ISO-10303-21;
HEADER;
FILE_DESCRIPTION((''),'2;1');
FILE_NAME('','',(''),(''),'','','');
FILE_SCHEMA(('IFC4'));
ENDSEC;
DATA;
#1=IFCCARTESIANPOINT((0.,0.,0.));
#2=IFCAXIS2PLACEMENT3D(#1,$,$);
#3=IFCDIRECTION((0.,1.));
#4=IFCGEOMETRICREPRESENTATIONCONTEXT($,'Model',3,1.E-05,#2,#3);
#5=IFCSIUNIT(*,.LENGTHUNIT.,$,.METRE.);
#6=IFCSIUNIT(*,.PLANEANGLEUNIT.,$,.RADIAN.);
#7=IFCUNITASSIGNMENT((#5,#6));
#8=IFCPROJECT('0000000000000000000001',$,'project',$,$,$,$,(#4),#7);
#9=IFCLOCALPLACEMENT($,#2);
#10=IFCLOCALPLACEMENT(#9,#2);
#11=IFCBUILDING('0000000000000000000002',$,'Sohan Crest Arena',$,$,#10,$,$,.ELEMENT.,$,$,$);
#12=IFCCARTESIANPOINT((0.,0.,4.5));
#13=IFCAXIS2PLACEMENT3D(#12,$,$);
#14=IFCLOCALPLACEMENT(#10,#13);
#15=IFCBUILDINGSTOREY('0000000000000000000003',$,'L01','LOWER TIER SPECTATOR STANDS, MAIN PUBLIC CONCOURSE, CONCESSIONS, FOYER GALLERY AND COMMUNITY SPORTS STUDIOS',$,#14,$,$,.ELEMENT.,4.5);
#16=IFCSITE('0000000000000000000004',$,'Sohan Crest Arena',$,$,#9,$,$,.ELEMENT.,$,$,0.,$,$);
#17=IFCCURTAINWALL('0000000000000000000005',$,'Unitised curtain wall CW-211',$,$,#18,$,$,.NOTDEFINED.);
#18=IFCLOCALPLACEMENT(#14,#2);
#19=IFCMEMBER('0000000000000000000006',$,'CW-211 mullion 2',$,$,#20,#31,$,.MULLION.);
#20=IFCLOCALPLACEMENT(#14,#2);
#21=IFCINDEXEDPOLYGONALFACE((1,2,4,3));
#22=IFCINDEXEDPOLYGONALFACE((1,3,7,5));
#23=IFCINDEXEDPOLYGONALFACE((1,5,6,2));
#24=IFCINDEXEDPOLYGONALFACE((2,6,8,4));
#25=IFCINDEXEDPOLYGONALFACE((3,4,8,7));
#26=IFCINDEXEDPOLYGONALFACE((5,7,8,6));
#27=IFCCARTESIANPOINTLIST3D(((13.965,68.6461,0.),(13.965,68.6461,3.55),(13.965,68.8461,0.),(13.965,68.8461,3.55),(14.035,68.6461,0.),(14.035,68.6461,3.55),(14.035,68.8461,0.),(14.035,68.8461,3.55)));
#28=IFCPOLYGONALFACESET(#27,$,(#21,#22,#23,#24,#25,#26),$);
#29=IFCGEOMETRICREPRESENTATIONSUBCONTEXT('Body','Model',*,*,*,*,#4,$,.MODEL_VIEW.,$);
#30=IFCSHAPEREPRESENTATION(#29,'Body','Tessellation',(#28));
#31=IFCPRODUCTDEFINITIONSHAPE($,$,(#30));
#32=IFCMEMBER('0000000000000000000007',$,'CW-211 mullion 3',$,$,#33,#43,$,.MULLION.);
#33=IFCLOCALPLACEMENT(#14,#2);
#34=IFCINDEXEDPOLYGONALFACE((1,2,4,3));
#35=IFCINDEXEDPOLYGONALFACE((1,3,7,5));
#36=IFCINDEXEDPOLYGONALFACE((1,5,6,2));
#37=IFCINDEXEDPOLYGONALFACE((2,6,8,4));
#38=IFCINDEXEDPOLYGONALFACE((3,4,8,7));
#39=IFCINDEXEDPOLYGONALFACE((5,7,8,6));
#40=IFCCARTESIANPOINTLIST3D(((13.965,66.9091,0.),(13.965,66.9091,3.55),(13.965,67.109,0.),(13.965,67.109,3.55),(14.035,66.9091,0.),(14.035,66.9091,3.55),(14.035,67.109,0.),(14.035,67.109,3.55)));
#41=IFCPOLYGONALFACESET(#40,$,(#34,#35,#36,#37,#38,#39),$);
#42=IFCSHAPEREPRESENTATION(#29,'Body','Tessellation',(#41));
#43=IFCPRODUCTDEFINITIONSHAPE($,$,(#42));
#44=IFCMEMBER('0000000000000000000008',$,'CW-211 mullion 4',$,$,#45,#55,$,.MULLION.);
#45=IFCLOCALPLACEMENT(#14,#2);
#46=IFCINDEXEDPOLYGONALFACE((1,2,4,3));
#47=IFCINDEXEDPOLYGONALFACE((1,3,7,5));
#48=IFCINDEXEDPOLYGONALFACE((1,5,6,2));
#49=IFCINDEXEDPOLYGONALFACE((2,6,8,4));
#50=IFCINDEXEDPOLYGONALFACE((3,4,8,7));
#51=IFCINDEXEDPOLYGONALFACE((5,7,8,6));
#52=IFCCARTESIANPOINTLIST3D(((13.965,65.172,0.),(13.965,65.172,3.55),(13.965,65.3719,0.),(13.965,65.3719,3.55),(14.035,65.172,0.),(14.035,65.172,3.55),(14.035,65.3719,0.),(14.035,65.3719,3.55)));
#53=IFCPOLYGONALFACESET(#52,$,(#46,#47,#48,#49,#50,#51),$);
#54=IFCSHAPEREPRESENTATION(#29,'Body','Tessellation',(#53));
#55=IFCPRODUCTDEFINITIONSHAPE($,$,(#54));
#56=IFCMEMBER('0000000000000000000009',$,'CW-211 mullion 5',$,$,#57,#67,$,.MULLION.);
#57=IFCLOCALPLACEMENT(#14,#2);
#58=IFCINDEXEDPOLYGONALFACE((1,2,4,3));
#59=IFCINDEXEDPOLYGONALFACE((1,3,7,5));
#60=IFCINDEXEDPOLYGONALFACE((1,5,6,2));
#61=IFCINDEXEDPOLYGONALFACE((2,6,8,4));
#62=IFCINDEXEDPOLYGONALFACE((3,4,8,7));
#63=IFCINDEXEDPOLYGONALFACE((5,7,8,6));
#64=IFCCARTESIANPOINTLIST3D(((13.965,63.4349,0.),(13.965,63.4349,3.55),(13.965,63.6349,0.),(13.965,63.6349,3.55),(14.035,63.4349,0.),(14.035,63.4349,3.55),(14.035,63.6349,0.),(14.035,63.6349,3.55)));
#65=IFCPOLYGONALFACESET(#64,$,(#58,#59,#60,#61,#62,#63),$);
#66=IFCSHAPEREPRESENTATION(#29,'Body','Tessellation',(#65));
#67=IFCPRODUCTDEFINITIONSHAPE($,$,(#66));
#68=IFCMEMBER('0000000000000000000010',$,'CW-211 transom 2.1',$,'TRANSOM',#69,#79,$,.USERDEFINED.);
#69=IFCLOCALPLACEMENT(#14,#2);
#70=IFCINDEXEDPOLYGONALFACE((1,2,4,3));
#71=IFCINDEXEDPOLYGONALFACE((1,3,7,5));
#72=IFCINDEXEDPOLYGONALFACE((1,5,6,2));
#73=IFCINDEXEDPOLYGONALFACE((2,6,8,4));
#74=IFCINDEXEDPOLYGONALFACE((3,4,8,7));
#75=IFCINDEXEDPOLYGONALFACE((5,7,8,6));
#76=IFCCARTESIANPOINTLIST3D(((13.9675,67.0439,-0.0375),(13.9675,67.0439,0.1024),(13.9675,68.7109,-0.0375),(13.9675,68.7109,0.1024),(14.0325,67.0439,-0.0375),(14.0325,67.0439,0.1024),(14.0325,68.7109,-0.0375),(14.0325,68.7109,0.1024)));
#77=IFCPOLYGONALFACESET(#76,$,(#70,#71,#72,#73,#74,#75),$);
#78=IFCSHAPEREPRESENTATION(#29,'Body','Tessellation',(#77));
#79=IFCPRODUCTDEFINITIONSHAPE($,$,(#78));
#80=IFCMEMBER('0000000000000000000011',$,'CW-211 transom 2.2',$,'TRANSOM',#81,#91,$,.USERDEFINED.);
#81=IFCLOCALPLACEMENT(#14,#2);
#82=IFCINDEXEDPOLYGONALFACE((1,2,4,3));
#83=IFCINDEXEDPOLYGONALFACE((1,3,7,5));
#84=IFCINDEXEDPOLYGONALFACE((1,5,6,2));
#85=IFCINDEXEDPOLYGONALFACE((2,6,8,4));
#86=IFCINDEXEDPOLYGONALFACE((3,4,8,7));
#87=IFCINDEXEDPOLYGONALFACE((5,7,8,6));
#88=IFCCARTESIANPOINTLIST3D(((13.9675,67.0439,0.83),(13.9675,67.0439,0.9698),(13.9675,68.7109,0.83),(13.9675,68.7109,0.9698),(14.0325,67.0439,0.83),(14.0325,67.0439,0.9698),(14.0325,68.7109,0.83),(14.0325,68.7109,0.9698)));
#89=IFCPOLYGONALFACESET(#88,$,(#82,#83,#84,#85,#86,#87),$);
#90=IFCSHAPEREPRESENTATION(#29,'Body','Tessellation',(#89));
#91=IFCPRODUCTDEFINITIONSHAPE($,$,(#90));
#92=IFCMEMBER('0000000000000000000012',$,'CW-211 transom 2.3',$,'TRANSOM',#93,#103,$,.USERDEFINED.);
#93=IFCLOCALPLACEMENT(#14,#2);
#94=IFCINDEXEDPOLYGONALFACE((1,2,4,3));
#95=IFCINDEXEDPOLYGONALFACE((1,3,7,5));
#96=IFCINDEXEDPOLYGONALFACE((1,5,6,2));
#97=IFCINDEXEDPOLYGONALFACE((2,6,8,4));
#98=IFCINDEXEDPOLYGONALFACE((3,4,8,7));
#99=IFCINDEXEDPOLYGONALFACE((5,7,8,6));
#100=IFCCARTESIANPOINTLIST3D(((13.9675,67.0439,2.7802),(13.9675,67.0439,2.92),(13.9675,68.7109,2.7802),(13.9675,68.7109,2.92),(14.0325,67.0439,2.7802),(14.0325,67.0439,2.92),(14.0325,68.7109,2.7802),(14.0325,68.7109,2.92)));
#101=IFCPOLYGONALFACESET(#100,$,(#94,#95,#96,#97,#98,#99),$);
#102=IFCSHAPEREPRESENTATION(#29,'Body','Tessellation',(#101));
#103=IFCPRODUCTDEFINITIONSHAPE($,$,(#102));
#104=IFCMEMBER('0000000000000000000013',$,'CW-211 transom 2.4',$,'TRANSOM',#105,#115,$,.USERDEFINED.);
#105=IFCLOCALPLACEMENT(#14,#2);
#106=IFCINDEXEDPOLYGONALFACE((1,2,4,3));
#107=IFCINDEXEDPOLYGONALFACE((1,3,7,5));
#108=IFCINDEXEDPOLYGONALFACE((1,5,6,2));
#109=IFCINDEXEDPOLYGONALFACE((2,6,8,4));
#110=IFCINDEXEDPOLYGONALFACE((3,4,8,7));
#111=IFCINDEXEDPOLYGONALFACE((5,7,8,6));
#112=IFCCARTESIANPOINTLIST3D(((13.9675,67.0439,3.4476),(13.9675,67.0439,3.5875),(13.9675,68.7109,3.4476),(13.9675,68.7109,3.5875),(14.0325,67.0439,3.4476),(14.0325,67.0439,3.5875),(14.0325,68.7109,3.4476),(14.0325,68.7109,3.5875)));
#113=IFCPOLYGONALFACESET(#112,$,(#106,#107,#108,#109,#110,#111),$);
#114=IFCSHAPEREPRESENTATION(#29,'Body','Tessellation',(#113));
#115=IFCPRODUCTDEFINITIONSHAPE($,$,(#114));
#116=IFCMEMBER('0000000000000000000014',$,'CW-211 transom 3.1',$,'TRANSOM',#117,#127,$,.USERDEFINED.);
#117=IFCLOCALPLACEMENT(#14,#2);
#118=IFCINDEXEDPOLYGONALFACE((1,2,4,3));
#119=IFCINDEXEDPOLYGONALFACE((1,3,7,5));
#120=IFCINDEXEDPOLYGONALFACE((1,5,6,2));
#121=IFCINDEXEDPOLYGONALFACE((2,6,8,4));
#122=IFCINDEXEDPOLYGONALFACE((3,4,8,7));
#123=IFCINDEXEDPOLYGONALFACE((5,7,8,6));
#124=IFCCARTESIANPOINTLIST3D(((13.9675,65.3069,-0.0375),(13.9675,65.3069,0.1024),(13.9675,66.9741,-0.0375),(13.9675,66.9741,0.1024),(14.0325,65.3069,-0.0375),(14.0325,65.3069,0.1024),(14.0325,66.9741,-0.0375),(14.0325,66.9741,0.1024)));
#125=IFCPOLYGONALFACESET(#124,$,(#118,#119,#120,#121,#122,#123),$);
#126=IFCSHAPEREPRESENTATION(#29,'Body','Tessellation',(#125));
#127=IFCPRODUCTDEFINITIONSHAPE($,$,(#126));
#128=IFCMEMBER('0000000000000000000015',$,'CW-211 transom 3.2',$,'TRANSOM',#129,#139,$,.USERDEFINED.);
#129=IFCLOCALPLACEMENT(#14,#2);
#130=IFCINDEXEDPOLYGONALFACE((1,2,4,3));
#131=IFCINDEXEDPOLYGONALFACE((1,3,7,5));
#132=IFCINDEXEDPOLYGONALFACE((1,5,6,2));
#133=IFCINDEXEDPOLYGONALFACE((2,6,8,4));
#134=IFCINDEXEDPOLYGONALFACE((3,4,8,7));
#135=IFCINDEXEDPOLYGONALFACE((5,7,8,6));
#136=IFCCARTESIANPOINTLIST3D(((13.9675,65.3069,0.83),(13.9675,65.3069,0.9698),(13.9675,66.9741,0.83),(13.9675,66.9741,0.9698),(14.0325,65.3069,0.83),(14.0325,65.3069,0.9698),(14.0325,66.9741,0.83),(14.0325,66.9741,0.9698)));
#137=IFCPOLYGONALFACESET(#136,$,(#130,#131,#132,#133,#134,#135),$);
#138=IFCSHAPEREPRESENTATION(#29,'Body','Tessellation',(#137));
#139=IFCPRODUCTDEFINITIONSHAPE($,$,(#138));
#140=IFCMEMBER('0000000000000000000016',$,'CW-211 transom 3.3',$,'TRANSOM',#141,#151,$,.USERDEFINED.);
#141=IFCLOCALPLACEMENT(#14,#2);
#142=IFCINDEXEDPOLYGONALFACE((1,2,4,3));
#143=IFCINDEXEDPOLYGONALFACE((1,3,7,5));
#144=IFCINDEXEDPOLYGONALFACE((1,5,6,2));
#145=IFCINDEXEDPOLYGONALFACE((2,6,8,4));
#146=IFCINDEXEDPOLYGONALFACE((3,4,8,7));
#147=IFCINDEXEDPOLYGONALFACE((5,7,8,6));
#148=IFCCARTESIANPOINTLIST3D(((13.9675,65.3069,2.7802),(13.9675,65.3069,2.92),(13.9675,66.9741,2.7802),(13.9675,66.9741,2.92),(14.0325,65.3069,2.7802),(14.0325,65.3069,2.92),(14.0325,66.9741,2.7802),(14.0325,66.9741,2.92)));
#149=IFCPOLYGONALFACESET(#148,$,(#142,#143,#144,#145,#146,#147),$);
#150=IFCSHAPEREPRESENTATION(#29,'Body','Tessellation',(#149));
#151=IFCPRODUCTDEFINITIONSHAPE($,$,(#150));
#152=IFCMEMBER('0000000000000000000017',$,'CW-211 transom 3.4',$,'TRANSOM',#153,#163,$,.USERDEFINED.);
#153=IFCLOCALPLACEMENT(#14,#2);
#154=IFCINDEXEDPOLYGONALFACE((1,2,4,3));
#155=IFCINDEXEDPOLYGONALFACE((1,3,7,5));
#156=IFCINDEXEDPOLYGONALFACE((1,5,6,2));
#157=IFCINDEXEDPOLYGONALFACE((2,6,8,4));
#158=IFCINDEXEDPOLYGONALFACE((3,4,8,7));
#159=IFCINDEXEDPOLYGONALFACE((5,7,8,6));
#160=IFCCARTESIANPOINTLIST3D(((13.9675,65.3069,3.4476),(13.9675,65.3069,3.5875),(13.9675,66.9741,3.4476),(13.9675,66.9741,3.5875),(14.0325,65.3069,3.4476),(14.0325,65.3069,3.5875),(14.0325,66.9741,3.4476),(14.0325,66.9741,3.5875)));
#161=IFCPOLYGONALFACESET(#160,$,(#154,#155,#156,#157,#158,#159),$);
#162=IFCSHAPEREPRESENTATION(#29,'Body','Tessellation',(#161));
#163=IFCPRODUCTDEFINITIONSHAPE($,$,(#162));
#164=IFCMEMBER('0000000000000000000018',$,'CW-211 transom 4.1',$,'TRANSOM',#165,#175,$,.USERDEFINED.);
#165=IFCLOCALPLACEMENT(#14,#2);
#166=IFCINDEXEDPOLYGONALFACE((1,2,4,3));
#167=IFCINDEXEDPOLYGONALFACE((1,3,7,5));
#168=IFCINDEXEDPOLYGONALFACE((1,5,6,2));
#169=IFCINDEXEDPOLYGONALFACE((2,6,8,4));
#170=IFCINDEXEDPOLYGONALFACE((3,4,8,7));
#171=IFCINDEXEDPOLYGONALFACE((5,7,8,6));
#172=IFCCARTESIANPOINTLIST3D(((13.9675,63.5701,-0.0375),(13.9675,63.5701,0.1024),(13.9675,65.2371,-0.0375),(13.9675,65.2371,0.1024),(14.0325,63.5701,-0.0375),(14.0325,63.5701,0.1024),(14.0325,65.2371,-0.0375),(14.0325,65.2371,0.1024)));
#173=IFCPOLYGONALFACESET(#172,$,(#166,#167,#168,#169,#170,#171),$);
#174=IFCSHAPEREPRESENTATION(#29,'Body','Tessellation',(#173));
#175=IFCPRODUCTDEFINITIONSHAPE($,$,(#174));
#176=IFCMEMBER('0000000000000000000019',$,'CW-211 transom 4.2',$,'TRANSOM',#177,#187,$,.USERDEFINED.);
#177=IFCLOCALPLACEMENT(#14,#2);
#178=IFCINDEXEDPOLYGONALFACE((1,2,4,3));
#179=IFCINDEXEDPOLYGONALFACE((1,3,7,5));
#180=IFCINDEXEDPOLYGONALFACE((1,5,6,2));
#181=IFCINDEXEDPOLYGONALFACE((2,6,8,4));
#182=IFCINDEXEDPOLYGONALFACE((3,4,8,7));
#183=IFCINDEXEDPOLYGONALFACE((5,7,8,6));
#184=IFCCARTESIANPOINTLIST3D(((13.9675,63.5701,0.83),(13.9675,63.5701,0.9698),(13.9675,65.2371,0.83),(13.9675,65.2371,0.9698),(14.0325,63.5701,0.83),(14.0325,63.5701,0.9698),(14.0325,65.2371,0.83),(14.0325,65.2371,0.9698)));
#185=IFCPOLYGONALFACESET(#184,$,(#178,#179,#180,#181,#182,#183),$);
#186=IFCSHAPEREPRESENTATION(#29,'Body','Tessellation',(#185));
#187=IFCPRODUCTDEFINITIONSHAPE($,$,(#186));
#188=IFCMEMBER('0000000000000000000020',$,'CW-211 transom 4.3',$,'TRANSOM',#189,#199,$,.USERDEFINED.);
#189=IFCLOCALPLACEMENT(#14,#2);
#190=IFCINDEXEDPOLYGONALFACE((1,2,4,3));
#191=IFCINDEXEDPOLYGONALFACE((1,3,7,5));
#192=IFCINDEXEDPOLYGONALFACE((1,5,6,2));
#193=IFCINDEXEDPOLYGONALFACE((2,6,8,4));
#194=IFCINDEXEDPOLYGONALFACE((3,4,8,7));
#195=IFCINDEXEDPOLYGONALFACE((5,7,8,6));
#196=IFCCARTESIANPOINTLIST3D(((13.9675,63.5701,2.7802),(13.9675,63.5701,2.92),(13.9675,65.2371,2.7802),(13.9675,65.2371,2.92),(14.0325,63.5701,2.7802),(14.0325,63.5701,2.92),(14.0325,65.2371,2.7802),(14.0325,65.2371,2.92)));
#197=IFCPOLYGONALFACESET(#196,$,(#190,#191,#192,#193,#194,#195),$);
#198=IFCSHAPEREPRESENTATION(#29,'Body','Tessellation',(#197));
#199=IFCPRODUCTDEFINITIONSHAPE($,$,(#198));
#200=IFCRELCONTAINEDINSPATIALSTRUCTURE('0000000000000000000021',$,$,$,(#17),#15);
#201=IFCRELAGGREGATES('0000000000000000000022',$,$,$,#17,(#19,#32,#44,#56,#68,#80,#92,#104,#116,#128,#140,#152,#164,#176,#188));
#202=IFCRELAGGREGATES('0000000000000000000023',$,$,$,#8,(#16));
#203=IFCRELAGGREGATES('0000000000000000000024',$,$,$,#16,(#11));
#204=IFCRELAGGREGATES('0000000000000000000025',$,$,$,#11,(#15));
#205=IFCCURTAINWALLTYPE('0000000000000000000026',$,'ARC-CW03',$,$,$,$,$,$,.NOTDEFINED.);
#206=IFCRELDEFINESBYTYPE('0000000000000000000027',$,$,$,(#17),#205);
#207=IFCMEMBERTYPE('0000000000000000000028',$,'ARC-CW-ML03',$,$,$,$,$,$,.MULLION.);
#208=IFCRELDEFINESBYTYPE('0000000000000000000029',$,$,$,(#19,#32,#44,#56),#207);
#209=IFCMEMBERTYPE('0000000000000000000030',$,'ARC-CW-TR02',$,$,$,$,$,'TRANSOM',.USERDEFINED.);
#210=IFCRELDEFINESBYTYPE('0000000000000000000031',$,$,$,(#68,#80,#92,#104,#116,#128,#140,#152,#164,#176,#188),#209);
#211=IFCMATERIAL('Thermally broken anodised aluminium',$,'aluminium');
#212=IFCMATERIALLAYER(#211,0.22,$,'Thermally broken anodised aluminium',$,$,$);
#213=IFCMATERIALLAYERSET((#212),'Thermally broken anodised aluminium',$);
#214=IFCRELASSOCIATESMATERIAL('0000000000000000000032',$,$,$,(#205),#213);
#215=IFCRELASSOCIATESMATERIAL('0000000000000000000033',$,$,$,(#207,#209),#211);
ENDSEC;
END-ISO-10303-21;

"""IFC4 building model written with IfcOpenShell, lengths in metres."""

from ifc_helpers import new_model, si_unit, direction, frame, origin, origin_2d, place, context, subcontext, project, spatial, rectangle, extrude, material, layer, layer_set, material_profile, profile_set, type_object, element, aggregate, save


model = new_model("IFC4")

# Units and contexts
model_context = context("Model", 3, precision=1e-05, world=origin(), true_north=direction((0.0, 1.0)))
body_context = subcontext(model_context, "Body", "Model", "MODEL_VIEW")
ifc_project = project(units=[si_unit("LENGTHUNIT", "METRE"), si_unit("PLANEANGLEUNIT", "RADIAN")], contexts=[model_context])

# Site, building, storey
site_placement = place(None, origin())
site = spatial("IfcSite", under=ifc_project, at=site_placement, Name="Sohan Crest Arena", CompositionType="ELEMENT", RefElevation=0.0)
building_placement = place(site_placement, origin())
building = spatial("IfcBuilding", under=site, at=building_placement, Name="Sohan Crest Arena", CompositionType="ELEMENT")
storey_placement = place(building_placement, frame((0.0, 0.0, 4.5)))
storey = spatial("IfcBuildingStorey", under=building, at=storey_placement, Name="L01", Description="LOWER TIER SPECTATOR STANDS, MAIN PUBLIC CONCOURSE, CONCESSIONS, FOYER GALLERY AND COMMUNITY SPORTS STUDIOS", CompositionType="ELEMENT", Elevation=4.5)

# Curtain wall, members
ifc_material_1 = material(Name="Thermally broken anodised aluminium", Category="aluminium")
ifc_layer_1 = layer(ifc_material_1, 0.22, Name="Thermally broken anodised aluminium")
ifc_layer_set_1 = layer_set([ifc_layer_1], Name="Thermally broken anodised aluminium")
curtain_wall_type = type_object("IfcCurtainWallType", Name="ARC-CW03", PredefinedType="NOTDEFINED", material=ifc_layer_set_1)
curtain_wall_placement = place(storey_placement, origin())
curtain_wall = element("IfcCurtainWall", 1, at=curtain_wall_placement, inside=storey, type_object=curtain_wall_type, Name="Unitised curtain wall CW-211", PredefinedType="NOTDEFINED")
ifc_material_profile_1 = material_profile(ifc_material_1, rectangle(XDim=0.0701, YDim=0.2, at=origin_2d()), Name="ALU-MULL 70x200")
ifc_profile_set_1 = profile_set([ifc_material_profile_1], Name="Thermally broken anodised aluminium")
member_type_1 = type_object("IfcMemberType", Name="ARC-CW-ML03", PredefinedType="MULLION", material=ifc_profile_set_1)
member_1_placement = place(storey_placement, frame((14.0, 68.7461, 0.0), z_axis=(0.0, 0.0, 1.0), x_axis=(1.0, 0.0, 0.0)))
member_1 = element("IfcMember", 2, at=member_1_placement, type_object=member_type_1, Name="CW-211 mullion 2", PredefinedType="MULLION", context=body_context, shape_type="SweptSolid", body=[
    extrude(rectangle(XDim=0.0701, YDim=0.2, at=origin_2d()), origin(), (0.0, 0.0, 1.0), 3.55),
])
member_2_placement = place(storey_placement, frame((14.0, 67.009, 0.0), z_axis=(0.0, 0.0, 1.0), x_axis=(1.0, 0.0, 0.0)))
member_2 = element("IfcMember", 3, at=member_2_placement, type_object=member_type_1, Name="CW-211 mullion 3", PredefinedType="MULLION", context=body_context, shape_type="SweptSolid", body=[
    extrude(rectangle(XDim=0.0701, YDim=0.2, at=origin_2d()), origin(), (0.0, 0.0, 1.0), 3.55),
])
member_3_placement = place(storey_placement, frame((14.0, 65.272, 0.0), z_axis=(0.0, 0.0, 1.0), x_axis=(1.0, 0.0, 0.0)))
member_3 = element("IfcMember", 4, at=member_3_placement, type_object=member_type_1, Name="CW-211 mullion 4", PredefinedType="MULLION", context=body_context, shape_type="SweptSolid", body=[
    extrude(rectangle(XDim=0.0701, YDim=0.2, at=origin_2d()), origin(), (0.0, 0.0, 1.0), 3.55),
])
member_4_placement = place(storey_placement, frame((14.0, 63.5349, 0.0), z_axis=(0.0, 0.0, 1.0), x_axis=(1.0, 0.0, 0.0)))
member_4 = element("IfcMember", 5, at=member_4_placement, type_object=member_type_1, Name="CW-211 mullion 5", PredefinedType="MULLION", context=body_context, shape_type="SweptSolid", body=[
    extrude(rectangle(XDim=0.0701, YDim=0.2, at=origin_2d()), origin(), (0.0, 0.0, 1.0), 3.55),
])
ifc_material_profile_2 = material_profile(ifc_material_1, rectangle(XDim=0.0649, YDim=0.1399, at=origin_2d()), Name="ALU-TRAN 65x140")
ifc_profile_set_2 = profile_set([ifc_material_profile_2], Name="Thermally broken anodised aluminium")
member_type_2 = type_object("IfcMemberType", Name="ARC-CW-TR02", ElementType="TRANSOM", PredefinedType="USERDEFINED", material=ifc_profile_set_2)
member_5_placement = place(storey_placement, frame((14.0, 68.7109, 0.0325), z_axis=(0.0, -1.0, 0.0), x_axis=(1.0, 0.0, 0.0)))
member_5 = element("IfcMember", 6, at=member_5_placement, type_object=member_type_2, Name="CW-211 transom 2.1", ObjectType="TRANSOM", PredefinedType="USERDEFINED", context=body_context, shape_type="SweptSolid", body=[
    extrude(rectangle(XDim=0.0649, YDim=0.1399, at=origin_2d()), origin(), (0.0, 0.0, 1.0), 1.667),
])
member_6_placement = place(storey_placement, frame((14.0, 68.7109, 0.8999), z_axis=(0.0, -1.0, 0.0), x_axis=(1.0, 0.0, 0.0)))
member_6 = element("IfcMember", 7, at=member_6_placement, type_object=member_type_2, Name="CW-211 transom 2.2", ObjectType="TRANSOM", PredefinedType="USERDEFINED", context=body_context, shape_type="SweptSolid", body=[
    extrude(rectangle(XDim=0.0649, YDim=0.1399, at=origin_2d()), origin(), (0.0, 0.0, 1.0), 1.667),
])
member_7_placement = place(storey_placement, frame((14.0, 68.7109, 2.8501), z_axis=(0.0, -1.0, 0.0), x_axis=(1.0, 0.0, 0.0)))
member_7 = element("IfcMember", 8, at=member_7_placement, type_object=member_type_2, Name="CW-211 transom 2.3", ObjectType="TRANSOM", PredefinedType="USERDEFINED", context=body_context, shape_type="SweptSolid", body=[
    extrude(rectangle(XDim=0.0649, YDim=0.1399, at=origin_2d()), origin(), (0.0, 0.0, 1.0), 1.667),
])
member_8_placement = place(storey_placement, frame((14.0, 68.7109, 3.5176), z_axis=(0.0, -1.0, 0.0), x_axis=(1.0, 0.0, 0.0)))
member_8 = element("IfcMember", 9, at=member_8_placement, type_object=member_type_2, Name="CW-211 transom 2.4", ObjectType="TRANSOM", PredefinedType="USERDEFINED", context=body_context, shape_type="SweptSolid", body=[
    extrude(rectangle(XDim=0.0649, YDim=0.1399, at=origin_2d()), origin(), (0.0, 0.0, 1.0), 1.667),
])
member_9_placement = place(storey_placement, frame((14.0, 66.9741, 0.0325), z_axis=(0.0, -1.0, 0.0), x_axis=(1.0, 0.0, 0.0)))
member_9 = element("IfcMember", 10, at=member_9_placement, type_object=member_type_2, Name="CW-211 transom 3.1", ObjectType="TRANSOM", PredefinedType="USERDEFINED", context=body_context, shape_type="SweptSolid", body=[
    extrude(rectangle(XDim=0.0649, YDim=0.1399, at=origin_2d()), origin(), (0.0, 0.0, 1.0), 1.6672),
])
member_10_placement = place(storey_placement, frame((14.0, 66.9741, 0.8999), z_axis=(0.0, -1.0, 0.0), x_axis=(1.0, 0.0, 0.0)))
member_10 = element("IfcMember", 11, at=member_10_placement, type_object=member_type_2, Name="CW-211 transom 3.2", ObjectType="TRANSOM", PredefinedType="USERDEFINED", context=body_context, shape_type="SweptSolid", body=[
    extrude(rectangle(XDim=0.0649, YDim=0.1399, at=origin_2d()), origin(), (0.0, 0.0, 1.0), 1.6672),
])
member_11_placement = place(storey_placement, frame((14.0, 66.9741, 2.8501), z_axis=(0.0, -1.0, 0.0), x_axis=(1.0, 0.0, 0.0)))
member_11 = element("IfcMember", 12, at=member_11_placement, type_object=member_type_2, Name="CW-211 transom 3.3", ObjectType="TRANSOM", PredefinedType="USERDEFINED", context=body_context, shape_type="SweptSolid", body=[
    extrude(rectangle(XDim=0.0649, YDim=0.1399, at=origin_2d()), origin(), (0.0, 0.0, 1.0), 1.6672),
])
member_12_placement = place(storey_placement, frame((14.0, 66.9741, 3.5176), z_axis=(0.0, -1.0, 0.0), x_axis=(1.0, 0.0, 0.0)))
member_12 = element("IfcMember", 13, at=member_12_placement, type_object=member_type_2, Name="CW-211 transom 3.4", ObjectType="TRANSOM", PredefinedType="USERDEFINED", context=body_context, shape_type="SweptSolid", body=[
    extrude(rectangle(XDim=0.0649, YDim=0.1399, at=origin_2d()), origin(), (0.0, 0.0, 1.0), 1.6672),
])
member_13_placement = place(storey_placement, frame((14.0, 65.2371, 0.0325), z_axis=(0.0, -1.0, 0.0), x_axis=(1.0, 0.0, 0.0)))
member_13 = element("IfcMember", 14, at=member_13_placement, type_object=member_type_2, Name="CW-211 transom 4.1", ObjectType="TRANSOM", PredefinedType="USERDEFINED", context=body_context, shape_type="SweptSolid", body=[
    extrude(rectangle(XDim=0.0649, YDim=0.1399, at=origin_2d()), origin(), (0.0, 0.0, 1.0), 1.667),
])
member_14_placement = place(storey_placement, frame((14.0, 65.2371, 0.8999), z_axis=(0.0, -1.0, 0.0), x_axis=(1.0, 0.0, 0.0)))
member_14 = element("IfcMember", 15, at=member_14_placement, type_object=member_type_2, Name="CW-211 transom 4.2", ObjectType="TRANSOM", PredefinedType="USERDEFINED", context=body_context, shape_type="SweptSolid", body=[
    extrude(rectangle(XDim=0.0649, YDim=0.1399, at=origin_2d()), origin(), (0.0, 0.0, 1.0), 1.667),
])
member_15_placement = place(storey_placement, frame((14.0, 65.2371, 2.8501), z_axis=(0.0, -1.0, 0.0), x_axis=(1.0, 0.0, 0.0)))
member_15 = element("IfcMember", 16, at=member_15_placement, type_object=member_type_2, Name="CW-211 transom 4.3", ObjectType="TRANSOM", PredefinedType="USERDEFINED", context=body_context, shape_type="SweptSolid", body=[
    extrude(rectangle(XDim=0.0649, YDim=0.1399, at=origin_2d()), origin(), (0.0, 0.0, 1.0), 1.667),
])
aggregate(curtain_wall, [member_1, member_2, member_3, member_4, member_5, member_6, member_7, member_8, member_9, member_10, member_11, member_12, member_13, member_14, member_15])

save(model, "model.ifc")
